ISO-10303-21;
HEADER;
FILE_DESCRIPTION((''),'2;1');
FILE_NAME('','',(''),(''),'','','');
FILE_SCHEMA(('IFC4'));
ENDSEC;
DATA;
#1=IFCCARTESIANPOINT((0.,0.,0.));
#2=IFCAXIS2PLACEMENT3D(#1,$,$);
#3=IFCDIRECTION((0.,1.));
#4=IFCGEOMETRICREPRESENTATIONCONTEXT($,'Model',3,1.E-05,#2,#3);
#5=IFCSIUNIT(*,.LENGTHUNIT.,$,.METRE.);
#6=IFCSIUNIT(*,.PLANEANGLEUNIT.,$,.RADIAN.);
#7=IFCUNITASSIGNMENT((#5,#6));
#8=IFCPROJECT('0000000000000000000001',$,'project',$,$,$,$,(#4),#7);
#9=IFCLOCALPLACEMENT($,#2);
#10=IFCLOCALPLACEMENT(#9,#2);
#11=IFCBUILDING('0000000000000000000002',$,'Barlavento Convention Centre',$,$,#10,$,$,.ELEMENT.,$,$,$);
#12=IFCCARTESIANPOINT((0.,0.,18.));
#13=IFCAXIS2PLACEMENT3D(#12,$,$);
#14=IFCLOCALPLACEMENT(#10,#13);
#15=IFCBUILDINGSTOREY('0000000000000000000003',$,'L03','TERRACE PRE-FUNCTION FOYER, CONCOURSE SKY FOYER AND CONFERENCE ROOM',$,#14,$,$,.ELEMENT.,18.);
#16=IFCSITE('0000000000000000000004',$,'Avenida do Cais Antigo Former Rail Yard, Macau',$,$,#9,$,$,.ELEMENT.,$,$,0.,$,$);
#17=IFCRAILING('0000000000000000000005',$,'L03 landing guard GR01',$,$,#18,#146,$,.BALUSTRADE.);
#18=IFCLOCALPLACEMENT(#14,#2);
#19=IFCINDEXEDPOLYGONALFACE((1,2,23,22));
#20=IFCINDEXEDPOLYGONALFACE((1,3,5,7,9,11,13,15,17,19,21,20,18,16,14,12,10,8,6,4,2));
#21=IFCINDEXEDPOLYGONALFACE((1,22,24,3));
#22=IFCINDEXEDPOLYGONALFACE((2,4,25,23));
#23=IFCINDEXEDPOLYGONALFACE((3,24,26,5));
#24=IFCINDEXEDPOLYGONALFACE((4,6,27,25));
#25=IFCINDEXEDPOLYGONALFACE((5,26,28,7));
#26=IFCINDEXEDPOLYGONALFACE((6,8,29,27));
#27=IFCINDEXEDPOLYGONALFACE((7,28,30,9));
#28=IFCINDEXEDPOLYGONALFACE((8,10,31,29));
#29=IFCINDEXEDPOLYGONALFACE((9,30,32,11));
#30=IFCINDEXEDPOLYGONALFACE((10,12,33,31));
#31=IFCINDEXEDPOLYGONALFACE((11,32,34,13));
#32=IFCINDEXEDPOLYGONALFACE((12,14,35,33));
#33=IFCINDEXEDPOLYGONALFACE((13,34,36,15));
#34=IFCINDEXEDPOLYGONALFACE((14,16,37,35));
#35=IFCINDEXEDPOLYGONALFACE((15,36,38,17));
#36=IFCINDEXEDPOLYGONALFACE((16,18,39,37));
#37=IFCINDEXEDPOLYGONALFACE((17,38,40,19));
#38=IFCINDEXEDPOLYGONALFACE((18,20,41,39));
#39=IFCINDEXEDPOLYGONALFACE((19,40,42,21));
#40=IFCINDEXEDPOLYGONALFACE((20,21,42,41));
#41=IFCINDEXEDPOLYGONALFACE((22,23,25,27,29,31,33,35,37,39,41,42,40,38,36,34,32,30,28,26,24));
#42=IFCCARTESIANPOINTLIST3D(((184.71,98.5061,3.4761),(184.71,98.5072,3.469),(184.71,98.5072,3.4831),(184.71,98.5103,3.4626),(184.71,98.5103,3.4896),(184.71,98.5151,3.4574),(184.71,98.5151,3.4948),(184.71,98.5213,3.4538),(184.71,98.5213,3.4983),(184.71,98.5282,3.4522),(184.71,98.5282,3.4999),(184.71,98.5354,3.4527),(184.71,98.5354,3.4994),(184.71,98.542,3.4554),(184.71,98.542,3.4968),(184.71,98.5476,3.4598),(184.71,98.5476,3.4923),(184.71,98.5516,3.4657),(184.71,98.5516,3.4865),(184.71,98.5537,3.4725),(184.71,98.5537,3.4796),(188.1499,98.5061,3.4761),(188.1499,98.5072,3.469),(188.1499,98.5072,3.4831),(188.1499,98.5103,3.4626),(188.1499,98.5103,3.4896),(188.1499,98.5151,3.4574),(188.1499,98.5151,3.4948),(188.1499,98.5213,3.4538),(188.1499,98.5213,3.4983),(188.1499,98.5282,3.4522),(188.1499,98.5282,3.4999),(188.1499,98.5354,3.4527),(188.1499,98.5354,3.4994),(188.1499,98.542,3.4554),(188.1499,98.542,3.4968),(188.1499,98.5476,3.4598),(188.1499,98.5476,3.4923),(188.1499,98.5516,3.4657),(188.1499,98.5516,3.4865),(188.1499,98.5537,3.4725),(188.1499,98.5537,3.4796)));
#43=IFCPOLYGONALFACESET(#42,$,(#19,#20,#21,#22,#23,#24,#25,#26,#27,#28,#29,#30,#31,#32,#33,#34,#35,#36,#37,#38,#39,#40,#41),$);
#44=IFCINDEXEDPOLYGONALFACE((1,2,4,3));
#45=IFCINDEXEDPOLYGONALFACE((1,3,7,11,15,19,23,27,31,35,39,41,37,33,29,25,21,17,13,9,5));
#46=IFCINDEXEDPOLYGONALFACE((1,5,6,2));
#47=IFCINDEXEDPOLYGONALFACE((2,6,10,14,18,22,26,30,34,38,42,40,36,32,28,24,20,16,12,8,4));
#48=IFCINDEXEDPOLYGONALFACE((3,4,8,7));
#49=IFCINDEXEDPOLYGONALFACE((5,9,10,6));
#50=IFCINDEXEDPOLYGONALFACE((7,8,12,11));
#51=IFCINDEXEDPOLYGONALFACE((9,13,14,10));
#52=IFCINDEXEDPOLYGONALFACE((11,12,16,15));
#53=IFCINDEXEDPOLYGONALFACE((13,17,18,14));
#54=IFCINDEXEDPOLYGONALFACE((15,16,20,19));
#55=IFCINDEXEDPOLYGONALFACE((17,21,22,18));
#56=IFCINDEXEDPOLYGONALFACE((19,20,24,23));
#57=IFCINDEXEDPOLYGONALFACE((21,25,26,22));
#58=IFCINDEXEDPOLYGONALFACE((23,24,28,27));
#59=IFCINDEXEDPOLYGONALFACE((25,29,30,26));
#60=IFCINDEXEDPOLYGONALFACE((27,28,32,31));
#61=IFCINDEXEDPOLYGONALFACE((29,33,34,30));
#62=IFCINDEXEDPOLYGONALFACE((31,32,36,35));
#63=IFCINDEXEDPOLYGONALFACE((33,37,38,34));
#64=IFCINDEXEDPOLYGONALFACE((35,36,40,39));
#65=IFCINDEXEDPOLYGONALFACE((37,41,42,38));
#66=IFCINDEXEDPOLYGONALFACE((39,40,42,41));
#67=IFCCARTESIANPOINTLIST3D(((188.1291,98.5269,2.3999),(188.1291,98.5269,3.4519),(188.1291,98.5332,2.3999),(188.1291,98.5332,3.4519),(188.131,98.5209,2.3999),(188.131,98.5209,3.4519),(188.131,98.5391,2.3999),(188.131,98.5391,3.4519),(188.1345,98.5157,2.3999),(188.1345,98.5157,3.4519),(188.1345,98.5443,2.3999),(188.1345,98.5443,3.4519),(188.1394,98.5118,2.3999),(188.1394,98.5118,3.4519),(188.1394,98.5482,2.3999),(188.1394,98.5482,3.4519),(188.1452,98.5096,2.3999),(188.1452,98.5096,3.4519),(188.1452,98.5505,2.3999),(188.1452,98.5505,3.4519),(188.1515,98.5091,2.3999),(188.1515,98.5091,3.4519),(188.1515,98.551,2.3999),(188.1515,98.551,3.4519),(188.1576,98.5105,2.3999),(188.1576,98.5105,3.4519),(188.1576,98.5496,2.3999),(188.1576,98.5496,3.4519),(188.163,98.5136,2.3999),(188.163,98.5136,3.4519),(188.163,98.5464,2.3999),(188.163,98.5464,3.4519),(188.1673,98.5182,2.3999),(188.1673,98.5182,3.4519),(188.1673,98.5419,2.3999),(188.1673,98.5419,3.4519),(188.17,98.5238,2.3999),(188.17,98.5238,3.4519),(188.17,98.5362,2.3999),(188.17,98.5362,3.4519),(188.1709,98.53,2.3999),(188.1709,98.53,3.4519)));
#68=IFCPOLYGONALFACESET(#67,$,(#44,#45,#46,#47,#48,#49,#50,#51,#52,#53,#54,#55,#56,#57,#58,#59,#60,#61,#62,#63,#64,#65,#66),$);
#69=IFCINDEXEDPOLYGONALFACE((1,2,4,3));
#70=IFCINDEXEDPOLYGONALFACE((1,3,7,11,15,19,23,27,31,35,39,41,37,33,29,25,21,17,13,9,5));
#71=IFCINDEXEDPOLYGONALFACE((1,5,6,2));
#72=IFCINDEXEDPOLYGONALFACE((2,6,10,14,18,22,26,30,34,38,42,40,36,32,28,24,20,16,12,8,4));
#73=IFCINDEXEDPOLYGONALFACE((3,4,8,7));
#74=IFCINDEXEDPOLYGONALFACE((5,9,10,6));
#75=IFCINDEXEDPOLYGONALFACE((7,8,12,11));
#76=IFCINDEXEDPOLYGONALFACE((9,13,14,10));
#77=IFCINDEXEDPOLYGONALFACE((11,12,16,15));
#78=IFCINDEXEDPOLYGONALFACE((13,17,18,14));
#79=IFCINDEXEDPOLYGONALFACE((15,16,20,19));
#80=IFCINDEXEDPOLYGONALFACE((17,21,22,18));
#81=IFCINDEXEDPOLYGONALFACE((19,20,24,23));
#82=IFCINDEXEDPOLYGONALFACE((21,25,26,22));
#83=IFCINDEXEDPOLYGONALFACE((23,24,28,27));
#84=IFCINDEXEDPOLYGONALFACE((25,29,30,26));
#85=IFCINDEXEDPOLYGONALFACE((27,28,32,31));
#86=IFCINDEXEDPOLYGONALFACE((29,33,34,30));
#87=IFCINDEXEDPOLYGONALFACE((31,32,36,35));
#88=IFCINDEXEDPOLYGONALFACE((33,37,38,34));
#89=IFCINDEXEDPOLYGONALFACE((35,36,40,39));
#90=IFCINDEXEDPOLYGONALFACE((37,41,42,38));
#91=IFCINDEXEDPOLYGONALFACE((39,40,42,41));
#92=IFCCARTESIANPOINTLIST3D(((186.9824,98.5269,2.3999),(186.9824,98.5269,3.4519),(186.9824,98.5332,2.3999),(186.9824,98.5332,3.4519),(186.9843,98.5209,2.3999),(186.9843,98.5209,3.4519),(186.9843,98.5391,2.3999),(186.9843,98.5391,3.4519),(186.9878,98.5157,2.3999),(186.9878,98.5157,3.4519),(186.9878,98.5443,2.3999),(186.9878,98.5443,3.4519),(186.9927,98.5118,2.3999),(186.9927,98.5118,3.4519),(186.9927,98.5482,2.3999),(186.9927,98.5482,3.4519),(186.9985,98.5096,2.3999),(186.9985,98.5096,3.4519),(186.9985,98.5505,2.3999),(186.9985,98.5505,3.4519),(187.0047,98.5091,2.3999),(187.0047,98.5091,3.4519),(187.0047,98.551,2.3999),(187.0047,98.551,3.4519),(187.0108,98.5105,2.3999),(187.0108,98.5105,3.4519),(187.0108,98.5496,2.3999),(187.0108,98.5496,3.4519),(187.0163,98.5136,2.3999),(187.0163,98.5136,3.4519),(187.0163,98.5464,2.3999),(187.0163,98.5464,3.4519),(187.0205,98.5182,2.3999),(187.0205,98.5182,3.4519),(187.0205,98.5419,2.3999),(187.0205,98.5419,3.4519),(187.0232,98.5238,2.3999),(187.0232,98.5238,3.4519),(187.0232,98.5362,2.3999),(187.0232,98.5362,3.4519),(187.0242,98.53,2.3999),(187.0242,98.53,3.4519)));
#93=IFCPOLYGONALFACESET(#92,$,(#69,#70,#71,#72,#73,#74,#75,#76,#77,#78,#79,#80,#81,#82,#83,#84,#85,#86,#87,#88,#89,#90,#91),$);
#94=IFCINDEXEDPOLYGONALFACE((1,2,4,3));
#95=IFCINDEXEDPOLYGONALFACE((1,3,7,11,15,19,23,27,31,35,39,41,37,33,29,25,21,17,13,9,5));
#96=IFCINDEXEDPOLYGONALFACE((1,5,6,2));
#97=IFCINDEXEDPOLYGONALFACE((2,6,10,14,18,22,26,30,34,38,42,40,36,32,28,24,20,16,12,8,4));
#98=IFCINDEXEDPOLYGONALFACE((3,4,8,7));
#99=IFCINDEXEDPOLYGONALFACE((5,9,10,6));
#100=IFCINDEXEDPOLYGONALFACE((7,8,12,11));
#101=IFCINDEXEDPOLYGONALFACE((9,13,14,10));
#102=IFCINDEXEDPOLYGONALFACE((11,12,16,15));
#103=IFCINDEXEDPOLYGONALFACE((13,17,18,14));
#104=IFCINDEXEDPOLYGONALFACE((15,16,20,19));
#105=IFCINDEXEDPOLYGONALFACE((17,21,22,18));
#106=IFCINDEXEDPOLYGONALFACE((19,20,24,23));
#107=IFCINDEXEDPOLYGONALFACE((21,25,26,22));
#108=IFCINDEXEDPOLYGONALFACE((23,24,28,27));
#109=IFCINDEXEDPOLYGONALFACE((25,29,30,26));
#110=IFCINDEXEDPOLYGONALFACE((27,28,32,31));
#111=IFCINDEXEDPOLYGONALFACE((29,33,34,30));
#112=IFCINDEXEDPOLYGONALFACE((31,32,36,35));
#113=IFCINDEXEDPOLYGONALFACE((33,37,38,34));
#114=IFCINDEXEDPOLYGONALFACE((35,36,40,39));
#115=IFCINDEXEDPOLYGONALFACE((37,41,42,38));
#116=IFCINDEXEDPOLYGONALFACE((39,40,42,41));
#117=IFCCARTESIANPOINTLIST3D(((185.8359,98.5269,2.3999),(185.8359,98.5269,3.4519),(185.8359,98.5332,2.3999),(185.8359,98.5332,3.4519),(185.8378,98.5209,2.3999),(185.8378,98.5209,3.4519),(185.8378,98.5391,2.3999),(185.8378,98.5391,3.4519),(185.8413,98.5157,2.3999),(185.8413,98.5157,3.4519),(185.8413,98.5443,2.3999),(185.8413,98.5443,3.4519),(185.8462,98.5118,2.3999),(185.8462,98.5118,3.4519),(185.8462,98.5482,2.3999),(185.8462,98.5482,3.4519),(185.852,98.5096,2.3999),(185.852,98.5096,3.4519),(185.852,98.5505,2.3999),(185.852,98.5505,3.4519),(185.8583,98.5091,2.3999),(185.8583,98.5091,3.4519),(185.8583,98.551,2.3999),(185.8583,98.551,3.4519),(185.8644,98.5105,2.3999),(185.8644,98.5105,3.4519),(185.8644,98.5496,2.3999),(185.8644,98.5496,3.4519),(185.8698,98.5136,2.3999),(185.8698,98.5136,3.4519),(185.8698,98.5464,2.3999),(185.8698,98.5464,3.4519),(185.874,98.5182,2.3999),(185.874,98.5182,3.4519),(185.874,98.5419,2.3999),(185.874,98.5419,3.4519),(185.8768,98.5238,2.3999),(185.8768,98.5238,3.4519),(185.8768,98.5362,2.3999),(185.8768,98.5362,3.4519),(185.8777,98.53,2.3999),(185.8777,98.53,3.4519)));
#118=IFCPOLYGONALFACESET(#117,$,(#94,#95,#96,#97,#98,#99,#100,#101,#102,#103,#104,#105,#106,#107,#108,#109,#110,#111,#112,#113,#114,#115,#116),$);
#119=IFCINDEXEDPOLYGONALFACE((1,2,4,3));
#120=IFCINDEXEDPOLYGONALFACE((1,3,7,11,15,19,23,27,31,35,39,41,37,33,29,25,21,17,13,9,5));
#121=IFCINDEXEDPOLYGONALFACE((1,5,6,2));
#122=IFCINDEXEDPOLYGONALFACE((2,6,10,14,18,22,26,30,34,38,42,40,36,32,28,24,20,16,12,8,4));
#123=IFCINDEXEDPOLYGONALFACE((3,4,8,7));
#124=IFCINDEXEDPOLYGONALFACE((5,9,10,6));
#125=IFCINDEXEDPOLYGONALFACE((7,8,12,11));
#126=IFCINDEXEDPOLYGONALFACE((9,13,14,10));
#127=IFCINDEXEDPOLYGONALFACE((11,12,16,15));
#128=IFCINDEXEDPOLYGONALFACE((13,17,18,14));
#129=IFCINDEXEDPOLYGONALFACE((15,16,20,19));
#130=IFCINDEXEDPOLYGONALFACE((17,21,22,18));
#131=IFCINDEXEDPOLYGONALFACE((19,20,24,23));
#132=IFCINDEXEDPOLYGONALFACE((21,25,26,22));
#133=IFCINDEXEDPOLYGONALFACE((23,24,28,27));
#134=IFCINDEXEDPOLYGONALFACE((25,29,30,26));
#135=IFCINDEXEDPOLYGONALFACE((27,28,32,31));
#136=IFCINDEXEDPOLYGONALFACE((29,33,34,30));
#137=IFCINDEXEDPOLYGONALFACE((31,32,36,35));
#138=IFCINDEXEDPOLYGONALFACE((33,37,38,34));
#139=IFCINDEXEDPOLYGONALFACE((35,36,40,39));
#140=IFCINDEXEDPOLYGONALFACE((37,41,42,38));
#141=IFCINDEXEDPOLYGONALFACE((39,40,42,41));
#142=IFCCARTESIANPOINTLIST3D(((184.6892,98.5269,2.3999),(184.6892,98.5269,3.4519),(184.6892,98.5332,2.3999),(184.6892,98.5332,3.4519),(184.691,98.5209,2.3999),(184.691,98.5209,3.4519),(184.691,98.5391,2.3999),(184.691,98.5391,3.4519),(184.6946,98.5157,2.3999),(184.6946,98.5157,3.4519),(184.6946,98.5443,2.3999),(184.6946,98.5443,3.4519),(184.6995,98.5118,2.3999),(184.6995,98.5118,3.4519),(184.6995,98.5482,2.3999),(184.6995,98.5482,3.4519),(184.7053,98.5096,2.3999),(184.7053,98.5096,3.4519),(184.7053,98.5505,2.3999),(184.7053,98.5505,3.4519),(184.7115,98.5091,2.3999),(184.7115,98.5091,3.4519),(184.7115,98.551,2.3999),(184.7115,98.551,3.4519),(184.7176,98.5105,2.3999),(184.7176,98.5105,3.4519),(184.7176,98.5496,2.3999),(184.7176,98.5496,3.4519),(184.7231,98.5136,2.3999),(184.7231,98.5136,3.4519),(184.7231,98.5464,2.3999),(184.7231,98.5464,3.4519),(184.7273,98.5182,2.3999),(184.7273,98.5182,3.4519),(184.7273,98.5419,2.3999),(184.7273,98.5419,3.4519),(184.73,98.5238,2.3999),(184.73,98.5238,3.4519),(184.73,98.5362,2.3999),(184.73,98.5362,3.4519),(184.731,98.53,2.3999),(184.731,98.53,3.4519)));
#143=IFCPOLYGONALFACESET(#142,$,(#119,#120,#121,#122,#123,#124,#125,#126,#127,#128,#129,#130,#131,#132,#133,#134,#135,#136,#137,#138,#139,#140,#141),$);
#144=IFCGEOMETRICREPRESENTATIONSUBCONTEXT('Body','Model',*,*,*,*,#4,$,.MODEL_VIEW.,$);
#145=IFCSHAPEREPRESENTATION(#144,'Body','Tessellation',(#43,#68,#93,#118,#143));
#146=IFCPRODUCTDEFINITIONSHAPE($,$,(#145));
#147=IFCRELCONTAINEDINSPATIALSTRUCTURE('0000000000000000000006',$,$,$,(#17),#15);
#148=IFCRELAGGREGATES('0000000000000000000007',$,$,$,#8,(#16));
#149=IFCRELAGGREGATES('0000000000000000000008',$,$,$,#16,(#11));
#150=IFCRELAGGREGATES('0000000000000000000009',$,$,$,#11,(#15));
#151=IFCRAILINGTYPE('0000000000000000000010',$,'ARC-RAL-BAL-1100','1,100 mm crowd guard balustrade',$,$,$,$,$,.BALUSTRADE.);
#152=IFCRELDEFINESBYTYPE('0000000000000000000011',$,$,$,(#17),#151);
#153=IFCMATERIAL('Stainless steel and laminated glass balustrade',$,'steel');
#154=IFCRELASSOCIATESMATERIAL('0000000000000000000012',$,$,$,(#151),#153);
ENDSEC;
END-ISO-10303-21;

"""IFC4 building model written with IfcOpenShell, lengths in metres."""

from ifc_helpers import new_model, si_unit, direction, frame, origin, origin_2d, place, context, subcontext, project, spatial, circle, extrude, material, type_object, element, save


model = new_model("IFC4")

# Units and contexts
model_context = context("Model", 3, precision=1e-05, world=origin(), true_north=direction((0.0, 1.0)))
body_context = subcontext(model_context, "Body", "Model", "MODEL_VIEW")
ifc_project = project(units=[si_unit("LENGTHUNIT", "METRE"), si_unit("PLANEANGLEUNIT", "RADIAN")], contexts=[model_context])

# Site, building, storey
site_placement = place(None, origin())
site = spatial("IfcSite", under=ifc_project, at=site_placement, Name="Avenida do Cais Antigo Former Rail Yard, Macau", CompositionType="ELEMENT", RefElevation=0.0)
building_placement = place(site_placement, origin())
building = spatial("IfcBuilding", under=site, at=building_placement, Name="Barlavento Convention Centre", CompositionType="ELEMENT")
storey_placement = place(building_placement, frame((0.0, 0.0, 18.0)))
storey = spatial("IfcBuildingStorey", under=building, at=storey_placement, Name="L03", Description="TERRACE PRE-FUNCTION FOYER, CONCOURSE SKY FOYER AND CONFERENCE ROOM", CompositionType="ELEMENT", Elevation=18.0)

# Railing
ifc_material_1 = material(Name="Stainless steel and laminated glass balustrade", Category="steel")
railing_type_1 = type_object("IfcRailingType", Name="ARC-RAL-BAL-1100", Description="1,100 mm crowd guard balustrade", PredefinedType="BALUSTRADE", material=ifc_material_1)
railing_1_placement = place(storey_placement, frame((188.1499, 98.53, 2.3999)))
element("IfcRailing", 1, at=railing_1_placement, inside=storey, type_object=railing_type_1, Name="L03 landing guard GR01", PredefinedType="BALUSTRADE", context=body_context, shape_type="SweptSolid", body=[
    extrude(circle(Radius=0.0239, at=origin_2d()), frame((0.0, 0.0, 1.0762), z_axis=(-1.0, 0.0, 0.0), x_axis=(0.0, -1.0, 0.0)), (0.0, 0.0, 1.0), 3.4399),
    extrude(circle(Radius=0.021, at=origin_2d()), origin(), (0.0, 0.0, 1.0), 1.052),
    extrude(circle(Radius=0.021, at=origin_2d()), frame((-1.1467, 0.0, 0.0)), (0.0, 0.0, 1.0), 1.052),
    extrude(circle(Radius=0.021, at=origin_2d()), frame((-2.2932, 0.0, 0.0)), (0.0, 0.0, 1.0), 1.052),
    extrude(circle(Radius=0.021, at=origin_2d()), frame((-3.4399, 0.0, 0.0)), (0.0, 0.0, 1.0), 1.052),
])

save(model, "model.ifc")
